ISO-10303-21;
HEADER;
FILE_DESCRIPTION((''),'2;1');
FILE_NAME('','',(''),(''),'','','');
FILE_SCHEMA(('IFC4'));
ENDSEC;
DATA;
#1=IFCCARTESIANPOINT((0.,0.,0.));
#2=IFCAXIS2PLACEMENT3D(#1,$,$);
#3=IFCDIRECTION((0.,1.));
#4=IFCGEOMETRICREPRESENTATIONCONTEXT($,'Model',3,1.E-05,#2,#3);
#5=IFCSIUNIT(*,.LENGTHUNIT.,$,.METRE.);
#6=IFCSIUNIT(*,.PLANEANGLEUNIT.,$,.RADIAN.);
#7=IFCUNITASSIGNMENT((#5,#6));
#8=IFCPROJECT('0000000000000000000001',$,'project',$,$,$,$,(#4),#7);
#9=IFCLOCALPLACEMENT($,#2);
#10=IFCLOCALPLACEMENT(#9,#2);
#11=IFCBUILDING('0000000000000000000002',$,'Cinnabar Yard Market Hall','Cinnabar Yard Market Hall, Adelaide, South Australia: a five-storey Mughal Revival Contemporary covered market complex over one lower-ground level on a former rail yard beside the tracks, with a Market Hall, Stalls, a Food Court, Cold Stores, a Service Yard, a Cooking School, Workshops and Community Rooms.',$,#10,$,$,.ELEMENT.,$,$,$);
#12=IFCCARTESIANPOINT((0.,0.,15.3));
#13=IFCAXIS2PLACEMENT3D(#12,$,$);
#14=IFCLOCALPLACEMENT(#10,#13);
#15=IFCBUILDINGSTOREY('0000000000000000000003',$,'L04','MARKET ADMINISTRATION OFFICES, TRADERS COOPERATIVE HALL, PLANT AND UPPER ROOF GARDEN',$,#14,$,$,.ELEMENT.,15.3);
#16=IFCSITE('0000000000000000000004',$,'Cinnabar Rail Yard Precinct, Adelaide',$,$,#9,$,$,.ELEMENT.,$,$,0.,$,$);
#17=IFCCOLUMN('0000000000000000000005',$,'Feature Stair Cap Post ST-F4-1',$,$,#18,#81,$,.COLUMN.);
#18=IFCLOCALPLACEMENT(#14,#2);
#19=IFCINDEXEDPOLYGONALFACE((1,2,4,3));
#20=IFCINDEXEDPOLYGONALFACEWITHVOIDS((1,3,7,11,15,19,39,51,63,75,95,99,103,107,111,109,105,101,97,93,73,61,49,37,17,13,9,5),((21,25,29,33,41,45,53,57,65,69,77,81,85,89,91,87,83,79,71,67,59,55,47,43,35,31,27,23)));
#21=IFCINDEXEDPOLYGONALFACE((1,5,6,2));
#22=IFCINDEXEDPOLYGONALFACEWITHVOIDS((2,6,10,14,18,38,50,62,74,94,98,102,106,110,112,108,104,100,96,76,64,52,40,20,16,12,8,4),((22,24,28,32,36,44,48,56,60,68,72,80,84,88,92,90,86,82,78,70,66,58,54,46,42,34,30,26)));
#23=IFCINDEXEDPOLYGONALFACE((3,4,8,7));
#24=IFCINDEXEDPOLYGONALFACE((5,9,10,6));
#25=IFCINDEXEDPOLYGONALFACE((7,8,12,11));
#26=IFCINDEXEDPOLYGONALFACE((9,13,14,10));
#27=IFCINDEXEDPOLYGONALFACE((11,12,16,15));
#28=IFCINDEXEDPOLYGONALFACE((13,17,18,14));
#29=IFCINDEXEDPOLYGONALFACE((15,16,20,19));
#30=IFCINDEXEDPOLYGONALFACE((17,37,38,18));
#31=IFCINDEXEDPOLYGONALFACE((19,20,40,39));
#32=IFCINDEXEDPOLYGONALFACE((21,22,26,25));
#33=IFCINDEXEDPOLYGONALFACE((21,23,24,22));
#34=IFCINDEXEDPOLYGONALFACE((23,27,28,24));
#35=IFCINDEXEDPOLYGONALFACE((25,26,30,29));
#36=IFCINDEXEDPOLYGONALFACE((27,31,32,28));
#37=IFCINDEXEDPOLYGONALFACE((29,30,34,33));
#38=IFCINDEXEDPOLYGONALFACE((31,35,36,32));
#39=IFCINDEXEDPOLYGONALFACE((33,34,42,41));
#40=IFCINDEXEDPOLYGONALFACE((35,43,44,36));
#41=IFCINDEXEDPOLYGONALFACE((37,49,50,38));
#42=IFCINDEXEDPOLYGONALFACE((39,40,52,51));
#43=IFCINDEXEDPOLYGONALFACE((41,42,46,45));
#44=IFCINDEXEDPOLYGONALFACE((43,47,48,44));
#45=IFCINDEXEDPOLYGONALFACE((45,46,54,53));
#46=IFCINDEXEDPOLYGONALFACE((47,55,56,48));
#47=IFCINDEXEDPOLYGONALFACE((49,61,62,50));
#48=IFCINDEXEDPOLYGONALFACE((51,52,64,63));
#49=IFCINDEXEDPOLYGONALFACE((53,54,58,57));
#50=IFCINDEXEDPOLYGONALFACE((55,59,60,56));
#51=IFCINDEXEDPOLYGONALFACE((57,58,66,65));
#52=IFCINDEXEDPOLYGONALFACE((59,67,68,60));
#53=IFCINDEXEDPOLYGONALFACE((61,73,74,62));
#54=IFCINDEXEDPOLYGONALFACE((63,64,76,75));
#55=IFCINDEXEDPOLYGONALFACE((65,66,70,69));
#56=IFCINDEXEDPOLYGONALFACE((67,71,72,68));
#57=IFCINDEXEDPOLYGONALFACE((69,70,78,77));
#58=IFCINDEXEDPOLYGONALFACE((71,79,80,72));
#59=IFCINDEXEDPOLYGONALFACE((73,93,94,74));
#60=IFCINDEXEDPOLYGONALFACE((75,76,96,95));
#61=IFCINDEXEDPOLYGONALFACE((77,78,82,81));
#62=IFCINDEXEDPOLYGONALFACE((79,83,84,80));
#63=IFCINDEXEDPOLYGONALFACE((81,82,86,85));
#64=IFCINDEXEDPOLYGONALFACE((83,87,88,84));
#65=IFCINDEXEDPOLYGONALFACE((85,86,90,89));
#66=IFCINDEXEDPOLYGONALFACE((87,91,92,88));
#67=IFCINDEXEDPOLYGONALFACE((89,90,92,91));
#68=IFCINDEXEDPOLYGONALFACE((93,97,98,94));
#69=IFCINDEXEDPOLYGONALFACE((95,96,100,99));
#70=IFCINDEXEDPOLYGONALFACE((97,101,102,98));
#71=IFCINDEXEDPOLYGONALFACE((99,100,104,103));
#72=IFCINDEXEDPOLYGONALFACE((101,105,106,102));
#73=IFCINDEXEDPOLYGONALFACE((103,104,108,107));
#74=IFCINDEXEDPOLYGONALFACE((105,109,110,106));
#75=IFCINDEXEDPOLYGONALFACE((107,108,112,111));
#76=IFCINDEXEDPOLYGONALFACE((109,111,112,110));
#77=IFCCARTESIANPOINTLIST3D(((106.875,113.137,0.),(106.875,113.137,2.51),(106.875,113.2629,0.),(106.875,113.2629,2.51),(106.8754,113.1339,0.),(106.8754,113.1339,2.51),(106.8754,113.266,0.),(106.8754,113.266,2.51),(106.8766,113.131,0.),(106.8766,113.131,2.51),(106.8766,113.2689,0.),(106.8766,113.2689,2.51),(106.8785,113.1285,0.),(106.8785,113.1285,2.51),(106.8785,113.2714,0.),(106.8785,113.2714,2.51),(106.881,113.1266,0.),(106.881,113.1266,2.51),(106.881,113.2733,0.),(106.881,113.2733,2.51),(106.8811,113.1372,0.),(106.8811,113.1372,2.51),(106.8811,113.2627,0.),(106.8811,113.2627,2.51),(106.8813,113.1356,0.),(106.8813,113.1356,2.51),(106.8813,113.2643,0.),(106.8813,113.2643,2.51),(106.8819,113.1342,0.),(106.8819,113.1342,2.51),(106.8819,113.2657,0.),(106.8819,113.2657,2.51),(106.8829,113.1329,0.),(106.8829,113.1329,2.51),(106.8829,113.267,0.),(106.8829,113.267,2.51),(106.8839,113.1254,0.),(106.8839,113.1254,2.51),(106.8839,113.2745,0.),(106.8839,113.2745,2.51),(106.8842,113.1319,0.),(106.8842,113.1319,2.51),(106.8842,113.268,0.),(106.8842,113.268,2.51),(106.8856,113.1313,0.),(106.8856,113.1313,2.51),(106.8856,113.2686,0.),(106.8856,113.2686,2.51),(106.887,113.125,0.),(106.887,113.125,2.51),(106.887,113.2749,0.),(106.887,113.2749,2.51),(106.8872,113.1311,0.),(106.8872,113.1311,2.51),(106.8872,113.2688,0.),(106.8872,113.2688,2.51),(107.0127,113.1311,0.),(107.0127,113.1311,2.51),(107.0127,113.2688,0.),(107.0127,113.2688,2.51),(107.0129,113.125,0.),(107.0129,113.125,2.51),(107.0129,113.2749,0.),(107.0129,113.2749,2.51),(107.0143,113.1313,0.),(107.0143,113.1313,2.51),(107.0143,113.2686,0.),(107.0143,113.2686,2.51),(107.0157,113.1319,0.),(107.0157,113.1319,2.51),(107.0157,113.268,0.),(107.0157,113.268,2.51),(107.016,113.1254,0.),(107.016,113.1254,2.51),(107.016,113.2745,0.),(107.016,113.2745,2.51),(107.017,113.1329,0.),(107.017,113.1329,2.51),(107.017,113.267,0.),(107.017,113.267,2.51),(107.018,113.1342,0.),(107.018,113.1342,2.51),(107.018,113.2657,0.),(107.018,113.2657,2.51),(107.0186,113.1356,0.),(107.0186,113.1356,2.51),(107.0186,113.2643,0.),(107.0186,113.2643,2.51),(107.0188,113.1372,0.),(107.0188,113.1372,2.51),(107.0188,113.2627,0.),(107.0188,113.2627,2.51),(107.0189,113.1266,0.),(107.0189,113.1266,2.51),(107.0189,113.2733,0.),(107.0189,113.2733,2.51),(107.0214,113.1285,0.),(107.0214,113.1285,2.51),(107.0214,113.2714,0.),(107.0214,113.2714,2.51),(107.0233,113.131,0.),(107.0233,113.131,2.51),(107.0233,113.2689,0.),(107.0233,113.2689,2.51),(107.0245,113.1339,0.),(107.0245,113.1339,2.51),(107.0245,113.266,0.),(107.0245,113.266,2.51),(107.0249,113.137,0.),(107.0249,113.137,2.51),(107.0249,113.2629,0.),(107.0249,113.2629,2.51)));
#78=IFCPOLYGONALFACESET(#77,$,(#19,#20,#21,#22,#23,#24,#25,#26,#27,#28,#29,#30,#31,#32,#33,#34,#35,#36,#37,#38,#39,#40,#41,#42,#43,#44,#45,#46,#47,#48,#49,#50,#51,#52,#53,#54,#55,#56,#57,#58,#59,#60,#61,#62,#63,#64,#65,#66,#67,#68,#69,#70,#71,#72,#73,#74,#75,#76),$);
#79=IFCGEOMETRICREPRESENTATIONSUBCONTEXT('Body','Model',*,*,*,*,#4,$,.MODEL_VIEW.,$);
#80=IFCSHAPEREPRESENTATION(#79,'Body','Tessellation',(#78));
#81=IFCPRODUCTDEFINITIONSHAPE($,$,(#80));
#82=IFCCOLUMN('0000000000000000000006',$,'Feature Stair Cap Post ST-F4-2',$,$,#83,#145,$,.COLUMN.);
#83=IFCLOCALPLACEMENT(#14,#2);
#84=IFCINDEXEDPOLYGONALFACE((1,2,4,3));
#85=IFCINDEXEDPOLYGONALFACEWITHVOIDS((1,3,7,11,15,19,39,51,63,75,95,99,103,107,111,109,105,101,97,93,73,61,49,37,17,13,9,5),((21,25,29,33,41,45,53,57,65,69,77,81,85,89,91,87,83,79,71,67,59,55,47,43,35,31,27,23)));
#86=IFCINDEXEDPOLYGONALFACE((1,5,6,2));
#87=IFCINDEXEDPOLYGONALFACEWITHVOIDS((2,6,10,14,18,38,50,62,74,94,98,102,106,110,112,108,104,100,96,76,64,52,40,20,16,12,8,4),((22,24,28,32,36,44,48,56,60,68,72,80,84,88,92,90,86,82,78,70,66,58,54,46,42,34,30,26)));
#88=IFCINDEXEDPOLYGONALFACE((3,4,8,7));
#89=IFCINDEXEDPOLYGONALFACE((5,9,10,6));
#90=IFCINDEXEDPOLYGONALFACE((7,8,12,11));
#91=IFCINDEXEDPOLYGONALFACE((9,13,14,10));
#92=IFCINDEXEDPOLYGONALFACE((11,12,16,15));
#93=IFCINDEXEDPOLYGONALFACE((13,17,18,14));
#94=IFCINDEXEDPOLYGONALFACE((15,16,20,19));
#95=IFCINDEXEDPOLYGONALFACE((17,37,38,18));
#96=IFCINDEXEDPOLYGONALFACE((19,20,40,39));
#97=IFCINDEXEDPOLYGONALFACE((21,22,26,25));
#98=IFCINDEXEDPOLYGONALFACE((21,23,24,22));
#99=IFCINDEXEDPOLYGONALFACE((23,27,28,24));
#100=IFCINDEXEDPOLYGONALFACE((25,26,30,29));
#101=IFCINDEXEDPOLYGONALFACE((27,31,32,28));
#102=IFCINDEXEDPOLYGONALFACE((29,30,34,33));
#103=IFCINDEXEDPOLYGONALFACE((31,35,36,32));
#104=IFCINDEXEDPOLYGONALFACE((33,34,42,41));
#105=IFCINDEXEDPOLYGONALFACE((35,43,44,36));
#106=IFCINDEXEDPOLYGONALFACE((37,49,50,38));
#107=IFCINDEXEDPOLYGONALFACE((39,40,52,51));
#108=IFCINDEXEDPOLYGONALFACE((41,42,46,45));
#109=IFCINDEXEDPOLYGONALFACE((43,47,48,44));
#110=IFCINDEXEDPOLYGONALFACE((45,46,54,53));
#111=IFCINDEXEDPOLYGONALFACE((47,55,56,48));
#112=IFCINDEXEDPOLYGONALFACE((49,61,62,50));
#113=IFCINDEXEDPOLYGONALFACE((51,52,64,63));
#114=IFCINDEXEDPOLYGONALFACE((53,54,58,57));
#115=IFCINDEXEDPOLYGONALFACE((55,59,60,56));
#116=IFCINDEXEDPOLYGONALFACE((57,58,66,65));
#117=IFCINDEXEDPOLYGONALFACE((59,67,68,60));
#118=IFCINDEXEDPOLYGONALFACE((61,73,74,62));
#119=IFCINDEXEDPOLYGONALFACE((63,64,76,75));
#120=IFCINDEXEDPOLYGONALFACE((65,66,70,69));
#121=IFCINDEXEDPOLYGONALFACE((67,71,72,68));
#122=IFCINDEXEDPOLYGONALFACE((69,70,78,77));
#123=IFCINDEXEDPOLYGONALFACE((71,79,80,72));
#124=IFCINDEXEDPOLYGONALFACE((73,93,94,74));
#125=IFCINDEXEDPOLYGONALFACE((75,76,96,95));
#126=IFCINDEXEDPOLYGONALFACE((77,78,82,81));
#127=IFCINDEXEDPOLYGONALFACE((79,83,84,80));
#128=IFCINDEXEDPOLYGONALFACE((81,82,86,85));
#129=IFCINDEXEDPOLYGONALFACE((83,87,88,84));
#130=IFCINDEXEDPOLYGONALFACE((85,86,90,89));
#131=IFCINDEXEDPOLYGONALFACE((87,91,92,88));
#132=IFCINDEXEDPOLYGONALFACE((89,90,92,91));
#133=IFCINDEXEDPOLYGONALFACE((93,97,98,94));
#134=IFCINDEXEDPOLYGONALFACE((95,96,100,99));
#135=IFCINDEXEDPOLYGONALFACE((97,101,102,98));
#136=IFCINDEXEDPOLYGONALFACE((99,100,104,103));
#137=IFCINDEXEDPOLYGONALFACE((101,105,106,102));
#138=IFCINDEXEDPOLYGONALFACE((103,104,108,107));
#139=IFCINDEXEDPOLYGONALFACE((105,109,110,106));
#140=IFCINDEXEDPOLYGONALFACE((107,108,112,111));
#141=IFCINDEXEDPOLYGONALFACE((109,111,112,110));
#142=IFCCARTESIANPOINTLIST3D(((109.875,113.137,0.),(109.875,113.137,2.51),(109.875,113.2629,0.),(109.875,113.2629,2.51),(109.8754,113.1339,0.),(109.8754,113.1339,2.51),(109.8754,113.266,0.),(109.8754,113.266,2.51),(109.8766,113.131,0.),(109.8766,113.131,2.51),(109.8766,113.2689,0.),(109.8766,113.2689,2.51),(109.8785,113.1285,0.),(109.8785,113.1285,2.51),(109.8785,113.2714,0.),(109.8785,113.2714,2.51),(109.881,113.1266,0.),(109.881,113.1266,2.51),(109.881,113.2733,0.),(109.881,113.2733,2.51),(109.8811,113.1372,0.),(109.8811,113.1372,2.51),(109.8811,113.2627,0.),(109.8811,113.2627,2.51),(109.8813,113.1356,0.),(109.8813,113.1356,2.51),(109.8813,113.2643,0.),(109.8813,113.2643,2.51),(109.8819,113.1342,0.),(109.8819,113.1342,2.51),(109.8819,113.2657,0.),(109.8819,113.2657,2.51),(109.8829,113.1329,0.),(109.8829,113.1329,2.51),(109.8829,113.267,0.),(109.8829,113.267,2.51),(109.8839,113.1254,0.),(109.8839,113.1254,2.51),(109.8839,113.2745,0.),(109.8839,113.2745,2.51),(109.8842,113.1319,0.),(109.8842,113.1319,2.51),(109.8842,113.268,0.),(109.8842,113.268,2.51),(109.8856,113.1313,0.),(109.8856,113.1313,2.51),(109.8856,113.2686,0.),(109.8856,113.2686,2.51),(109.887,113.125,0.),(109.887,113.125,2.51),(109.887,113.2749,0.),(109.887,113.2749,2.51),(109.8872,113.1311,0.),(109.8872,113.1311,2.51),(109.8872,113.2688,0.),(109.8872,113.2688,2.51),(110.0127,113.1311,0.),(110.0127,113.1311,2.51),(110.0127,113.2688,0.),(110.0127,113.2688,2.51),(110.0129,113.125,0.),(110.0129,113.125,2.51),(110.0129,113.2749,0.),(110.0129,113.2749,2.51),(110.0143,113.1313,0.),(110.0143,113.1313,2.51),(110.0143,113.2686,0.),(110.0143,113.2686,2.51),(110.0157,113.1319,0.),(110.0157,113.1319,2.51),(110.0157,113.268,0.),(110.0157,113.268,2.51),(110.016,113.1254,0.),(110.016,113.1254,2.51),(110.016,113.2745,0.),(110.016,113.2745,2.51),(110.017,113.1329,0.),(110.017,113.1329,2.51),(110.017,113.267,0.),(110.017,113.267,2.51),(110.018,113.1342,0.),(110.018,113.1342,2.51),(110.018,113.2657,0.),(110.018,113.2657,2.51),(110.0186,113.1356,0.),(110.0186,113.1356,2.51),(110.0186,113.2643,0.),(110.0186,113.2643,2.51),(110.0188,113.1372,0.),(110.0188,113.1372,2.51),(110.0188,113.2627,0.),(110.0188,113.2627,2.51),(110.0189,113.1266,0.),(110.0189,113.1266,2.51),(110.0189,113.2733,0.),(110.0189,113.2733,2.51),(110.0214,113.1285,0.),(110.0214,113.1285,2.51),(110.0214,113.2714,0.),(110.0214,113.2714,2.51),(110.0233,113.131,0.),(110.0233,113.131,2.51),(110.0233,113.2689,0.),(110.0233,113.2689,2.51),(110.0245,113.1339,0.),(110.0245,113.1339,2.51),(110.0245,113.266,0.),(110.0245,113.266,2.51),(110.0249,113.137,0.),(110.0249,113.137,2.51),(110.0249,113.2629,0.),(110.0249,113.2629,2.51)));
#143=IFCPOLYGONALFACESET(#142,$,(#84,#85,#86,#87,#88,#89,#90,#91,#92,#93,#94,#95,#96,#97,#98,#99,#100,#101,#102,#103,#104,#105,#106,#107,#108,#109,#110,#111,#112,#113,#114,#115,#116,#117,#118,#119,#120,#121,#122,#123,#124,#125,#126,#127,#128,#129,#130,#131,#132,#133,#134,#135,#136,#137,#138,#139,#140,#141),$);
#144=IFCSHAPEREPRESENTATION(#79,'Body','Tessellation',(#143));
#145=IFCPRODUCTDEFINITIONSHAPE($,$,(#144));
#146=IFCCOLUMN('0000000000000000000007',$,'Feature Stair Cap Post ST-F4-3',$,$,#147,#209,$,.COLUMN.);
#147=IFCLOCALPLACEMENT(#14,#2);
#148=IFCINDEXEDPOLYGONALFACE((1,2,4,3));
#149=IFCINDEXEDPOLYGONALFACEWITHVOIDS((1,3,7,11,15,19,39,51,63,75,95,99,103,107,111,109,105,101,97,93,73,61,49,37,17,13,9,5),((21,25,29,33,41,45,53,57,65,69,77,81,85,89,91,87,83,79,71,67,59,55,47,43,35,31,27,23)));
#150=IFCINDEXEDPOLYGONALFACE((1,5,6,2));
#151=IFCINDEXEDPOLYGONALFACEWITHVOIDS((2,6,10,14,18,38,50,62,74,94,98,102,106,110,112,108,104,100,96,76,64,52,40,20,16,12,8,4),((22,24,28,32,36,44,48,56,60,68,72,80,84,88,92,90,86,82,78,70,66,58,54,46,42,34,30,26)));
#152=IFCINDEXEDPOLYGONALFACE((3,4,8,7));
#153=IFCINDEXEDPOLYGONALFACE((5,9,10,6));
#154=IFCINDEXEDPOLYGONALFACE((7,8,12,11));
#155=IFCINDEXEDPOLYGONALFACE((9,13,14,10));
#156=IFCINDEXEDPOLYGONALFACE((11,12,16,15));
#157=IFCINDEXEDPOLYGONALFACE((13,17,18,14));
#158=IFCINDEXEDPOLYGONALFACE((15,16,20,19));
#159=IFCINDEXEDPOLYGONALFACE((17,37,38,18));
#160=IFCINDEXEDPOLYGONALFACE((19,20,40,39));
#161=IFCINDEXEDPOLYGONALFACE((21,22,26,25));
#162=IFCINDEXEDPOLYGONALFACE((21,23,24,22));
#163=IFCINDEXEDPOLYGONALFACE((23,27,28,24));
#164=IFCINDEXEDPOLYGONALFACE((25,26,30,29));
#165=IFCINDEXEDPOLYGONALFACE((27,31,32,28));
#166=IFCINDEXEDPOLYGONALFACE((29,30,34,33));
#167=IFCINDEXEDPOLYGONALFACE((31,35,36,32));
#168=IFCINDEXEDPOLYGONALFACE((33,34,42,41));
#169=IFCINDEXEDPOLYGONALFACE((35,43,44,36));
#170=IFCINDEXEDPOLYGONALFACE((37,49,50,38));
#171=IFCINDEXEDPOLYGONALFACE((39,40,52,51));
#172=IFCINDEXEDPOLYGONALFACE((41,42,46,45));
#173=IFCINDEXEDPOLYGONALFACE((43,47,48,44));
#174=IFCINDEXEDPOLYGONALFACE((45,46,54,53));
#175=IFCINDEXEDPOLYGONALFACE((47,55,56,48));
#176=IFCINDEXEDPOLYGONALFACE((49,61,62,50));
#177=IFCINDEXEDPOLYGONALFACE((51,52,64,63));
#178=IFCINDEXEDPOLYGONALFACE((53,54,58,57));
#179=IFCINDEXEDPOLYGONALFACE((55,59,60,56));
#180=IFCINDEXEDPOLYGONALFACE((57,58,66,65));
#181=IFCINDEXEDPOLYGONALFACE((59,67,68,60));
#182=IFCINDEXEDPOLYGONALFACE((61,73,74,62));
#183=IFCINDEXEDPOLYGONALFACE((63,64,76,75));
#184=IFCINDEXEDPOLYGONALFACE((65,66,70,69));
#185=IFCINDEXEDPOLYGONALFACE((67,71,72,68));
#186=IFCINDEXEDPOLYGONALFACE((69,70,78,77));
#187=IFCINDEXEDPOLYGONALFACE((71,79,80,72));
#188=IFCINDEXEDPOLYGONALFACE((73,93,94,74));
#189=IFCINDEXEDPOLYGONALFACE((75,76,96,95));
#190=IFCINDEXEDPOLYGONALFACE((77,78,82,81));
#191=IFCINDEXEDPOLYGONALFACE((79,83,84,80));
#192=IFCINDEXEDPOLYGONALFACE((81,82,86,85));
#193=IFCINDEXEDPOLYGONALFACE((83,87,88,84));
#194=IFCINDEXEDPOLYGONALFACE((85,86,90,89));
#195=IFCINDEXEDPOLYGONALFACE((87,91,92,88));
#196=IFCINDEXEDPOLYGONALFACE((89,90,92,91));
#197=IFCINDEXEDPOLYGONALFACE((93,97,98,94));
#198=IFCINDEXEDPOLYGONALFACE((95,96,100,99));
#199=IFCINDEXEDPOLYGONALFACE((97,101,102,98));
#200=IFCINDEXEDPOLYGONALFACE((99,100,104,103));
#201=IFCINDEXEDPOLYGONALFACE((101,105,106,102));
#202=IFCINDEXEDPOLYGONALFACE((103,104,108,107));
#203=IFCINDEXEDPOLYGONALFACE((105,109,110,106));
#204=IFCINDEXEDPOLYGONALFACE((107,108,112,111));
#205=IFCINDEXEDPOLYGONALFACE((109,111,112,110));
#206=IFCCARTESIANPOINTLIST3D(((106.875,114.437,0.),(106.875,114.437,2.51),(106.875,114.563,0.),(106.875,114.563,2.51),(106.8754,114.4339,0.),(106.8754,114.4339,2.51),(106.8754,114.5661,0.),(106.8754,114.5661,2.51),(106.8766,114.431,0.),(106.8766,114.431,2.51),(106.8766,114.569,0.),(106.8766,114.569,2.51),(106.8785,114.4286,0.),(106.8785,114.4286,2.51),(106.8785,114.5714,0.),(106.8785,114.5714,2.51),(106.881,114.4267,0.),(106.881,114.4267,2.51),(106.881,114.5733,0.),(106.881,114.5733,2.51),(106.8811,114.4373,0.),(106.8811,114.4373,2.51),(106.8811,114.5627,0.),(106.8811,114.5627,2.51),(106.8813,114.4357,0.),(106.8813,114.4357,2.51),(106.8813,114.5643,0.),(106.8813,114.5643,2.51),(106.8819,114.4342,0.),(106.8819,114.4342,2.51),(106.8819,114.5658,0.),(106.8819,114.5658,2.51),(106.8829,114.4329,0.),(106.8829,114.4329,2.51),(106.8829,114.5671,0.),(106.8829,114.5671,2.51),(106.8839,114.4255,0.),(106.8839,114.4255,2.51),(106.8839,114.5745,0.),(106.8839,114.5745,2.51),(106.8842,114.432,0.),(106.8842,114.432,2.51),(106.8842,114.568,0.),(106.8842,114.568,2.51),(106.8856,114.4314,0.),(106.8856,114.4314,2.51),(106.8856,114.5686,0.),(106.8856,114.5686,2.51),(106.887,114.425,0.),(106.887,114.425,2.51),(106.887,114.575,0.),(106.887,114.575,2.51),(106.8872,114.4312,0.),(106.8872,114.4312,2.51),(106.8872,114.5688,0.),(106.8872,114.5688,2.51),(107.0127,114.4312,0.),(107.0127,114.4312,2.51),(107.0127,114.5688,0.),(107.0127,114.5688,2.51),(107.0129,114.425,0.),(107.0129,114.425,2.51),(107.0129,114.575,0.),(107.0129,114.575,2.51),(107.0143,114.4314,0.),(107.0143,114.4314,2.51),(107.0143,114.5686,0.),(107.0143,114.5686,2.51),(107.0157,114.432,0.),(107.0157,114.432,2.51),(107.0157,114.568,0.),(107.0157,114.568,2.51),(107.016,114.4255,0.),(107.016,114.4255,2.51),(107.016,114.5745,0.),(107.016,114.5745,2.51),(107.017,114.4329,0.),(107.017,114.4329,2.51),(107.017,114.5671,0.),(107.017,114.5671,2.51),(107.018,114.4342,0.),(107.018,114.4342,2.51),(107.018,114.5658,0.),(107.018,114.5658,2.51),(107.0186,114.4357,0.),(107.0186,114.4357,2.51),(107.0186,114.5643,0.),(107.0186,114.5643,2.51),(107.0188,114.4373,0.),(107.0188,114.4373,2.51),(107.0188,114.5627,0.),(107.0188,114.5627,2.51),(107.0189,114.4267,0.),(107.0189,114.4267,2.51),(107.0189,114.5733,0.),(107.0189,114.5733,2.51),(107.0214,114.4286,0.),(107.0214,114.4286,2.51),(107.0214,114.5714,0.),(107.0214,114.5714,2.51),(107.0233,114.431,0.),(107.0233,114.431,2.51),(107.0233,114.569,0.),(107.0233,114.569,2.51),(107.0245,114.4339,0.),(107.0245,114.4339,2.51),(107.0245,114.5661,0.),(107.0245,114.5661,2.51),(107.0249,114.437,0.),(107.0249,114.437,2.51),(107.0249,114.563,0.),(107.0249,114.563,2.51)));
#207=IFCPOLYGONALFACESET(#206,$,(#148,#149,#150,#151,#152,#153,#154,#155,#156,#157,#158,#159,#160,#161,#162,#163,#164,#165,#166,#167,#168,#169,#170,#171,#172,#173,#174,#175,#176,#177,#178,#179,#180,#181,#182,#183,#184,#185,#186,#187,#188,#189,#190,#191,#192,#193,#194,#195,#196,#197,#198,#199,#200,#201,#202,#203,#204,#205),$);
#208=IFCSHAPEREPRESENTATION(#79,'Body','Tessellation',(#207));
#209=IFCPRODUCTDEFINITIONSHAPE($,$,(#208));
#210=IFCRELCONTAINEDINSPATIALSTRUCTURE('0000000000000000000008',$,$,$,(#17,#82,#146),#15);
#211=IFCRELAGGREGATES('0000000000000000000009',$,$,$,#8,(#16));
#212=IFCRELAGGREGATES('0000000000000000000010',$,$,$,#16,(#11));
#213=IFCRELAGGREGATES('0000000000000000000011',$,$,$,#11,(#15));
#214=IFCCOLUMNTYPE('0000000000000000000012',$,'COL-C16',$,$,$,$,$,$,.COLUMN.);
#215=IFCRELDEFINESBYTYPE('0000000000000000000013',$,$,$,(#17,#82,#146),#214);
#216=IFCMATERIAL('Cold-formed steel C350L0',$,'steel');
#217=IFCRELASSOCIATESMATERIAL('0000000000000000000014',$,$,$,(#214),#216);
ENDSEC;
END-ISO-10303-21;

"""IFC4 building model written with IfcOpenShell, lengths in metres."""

from ifc_helpers import new_model, si_unit, direction, frame, origin, origin_2d_with_axis, place, context, subcontext, project, spatial, hollow_rectangle, extrude, material, material_profile, profile_set, type_object, element, save


model = new_model("IFC4")

# Units and contexts
model_context = context("Model", 3, precision=1e-05, world=origin(), true_north=direction((0.0, 1.0)))
body_context = subcontext(model_context, "Body", "Model", "MODEL_VIEW")
ifc_project = project(units=[si_unit("LENGTHUNIT", "METRE"), si_unit("PLANEANGLEUNIT", "RADIAN")], contexts=[model_context])

# Site, building, storey
site_placement = place(None, origin())
site = spatial("IfcSite", under=ifc_project, at=site_placement, Name="Cinnabar Rail Yard Precinct, Adelaide", CompositionType="ELEMENT", RefElevation=0.0)
building_placement = place(site_placement, origin())
building = spatial("IfcBuilding", under=site, at=building_placement, Name="Cinnabar Yard Market Hall", Description="Cinnabar Yard Market Hall, Adelaide, South Australia: a five-storey Mughal Revival Contemporary covered market complex over one lower-ground level on a former rail yard beside the tracks, with a Market Hall, Stalls, a Food Court, Cold Stores, a Service Yard, a Cooking School, Workshops and Community Rooms.", CompositionType="ELEMENT")
storey_placement = place(building_placement, frame((0.0, 0.0, 15.3)))
storey = spatial("IfcBuildingStorey", under=building, at=storey_placement, Name="L04", Description="MARKET ADMINISTRATION OFFICES, TRADERS COOPERATIVE HALL, PLANT AND UPPER ROOF GARDEN", CompositionType="ELEMENT", Elevation=15.3)

# Columns
ifc_material_1 = material(Name="Cold-formed steel C350L0", Category="steel")
ifc_material_profile_1 = material_profile(ifc_material_1, hollow_rectangle(XDim=0.1499, YDim=0.1499, WallThickness=0.0061, InnerFilletRadius=0.0061, OuterFilletRadius=0.012, at=origin_2d_with_axis()), Name="150x150x6.0SHS")
ifc_profile_set_1 = profile_set([ifc_material_profile_1], Name="Cold-formed steel C350L0")
column_type = type_object("IfcColumnType", Name="COL-C16", PredefinedType="COLUMN", material=ifc_profile_set_1)
for number, where, z_axis, x_axis, name in (
    (1, (106.95, 113.2, 0.0), (0.0, 0.0, 1.0), (1.0, 0.0, 0.0), "Feature Stair Cap Post ST-F4-1"),
    (2, (109.95, 113.2, 0.0), (0.0, 0.0, 1.0), (1.0, 0.0, 0.0), "Feature Stair Cap Post ST-F4-2"),
    (3, (106.95, 114.5, 0.0), (0.0, 0.0, 1.0), (1.0, 0.0, 0.0), "Feature Stair Cap Post ST-F4-3"),
):
    element("IfcColumn", number, at=place(storey_placement, frame(where, z_axis=z_axis, x_axis=x_axis)), inside=storey, type_object=column_type, Name=name, PredefinedType="COLUMN", context=body_context, shape_type="SweptSolid", body=[
        extrude(hollow_rectangle(XDim=0.1499, YDim=0.1499, WallThickness=0.0061, InnerFilletRadius=0.0061, OuterFilletRadius=0.012, at=origin_2d_with_axis()), origin(), (0.0, 0.0, 1.0), 2.51),
    ])

save(model, "model.ifc")
